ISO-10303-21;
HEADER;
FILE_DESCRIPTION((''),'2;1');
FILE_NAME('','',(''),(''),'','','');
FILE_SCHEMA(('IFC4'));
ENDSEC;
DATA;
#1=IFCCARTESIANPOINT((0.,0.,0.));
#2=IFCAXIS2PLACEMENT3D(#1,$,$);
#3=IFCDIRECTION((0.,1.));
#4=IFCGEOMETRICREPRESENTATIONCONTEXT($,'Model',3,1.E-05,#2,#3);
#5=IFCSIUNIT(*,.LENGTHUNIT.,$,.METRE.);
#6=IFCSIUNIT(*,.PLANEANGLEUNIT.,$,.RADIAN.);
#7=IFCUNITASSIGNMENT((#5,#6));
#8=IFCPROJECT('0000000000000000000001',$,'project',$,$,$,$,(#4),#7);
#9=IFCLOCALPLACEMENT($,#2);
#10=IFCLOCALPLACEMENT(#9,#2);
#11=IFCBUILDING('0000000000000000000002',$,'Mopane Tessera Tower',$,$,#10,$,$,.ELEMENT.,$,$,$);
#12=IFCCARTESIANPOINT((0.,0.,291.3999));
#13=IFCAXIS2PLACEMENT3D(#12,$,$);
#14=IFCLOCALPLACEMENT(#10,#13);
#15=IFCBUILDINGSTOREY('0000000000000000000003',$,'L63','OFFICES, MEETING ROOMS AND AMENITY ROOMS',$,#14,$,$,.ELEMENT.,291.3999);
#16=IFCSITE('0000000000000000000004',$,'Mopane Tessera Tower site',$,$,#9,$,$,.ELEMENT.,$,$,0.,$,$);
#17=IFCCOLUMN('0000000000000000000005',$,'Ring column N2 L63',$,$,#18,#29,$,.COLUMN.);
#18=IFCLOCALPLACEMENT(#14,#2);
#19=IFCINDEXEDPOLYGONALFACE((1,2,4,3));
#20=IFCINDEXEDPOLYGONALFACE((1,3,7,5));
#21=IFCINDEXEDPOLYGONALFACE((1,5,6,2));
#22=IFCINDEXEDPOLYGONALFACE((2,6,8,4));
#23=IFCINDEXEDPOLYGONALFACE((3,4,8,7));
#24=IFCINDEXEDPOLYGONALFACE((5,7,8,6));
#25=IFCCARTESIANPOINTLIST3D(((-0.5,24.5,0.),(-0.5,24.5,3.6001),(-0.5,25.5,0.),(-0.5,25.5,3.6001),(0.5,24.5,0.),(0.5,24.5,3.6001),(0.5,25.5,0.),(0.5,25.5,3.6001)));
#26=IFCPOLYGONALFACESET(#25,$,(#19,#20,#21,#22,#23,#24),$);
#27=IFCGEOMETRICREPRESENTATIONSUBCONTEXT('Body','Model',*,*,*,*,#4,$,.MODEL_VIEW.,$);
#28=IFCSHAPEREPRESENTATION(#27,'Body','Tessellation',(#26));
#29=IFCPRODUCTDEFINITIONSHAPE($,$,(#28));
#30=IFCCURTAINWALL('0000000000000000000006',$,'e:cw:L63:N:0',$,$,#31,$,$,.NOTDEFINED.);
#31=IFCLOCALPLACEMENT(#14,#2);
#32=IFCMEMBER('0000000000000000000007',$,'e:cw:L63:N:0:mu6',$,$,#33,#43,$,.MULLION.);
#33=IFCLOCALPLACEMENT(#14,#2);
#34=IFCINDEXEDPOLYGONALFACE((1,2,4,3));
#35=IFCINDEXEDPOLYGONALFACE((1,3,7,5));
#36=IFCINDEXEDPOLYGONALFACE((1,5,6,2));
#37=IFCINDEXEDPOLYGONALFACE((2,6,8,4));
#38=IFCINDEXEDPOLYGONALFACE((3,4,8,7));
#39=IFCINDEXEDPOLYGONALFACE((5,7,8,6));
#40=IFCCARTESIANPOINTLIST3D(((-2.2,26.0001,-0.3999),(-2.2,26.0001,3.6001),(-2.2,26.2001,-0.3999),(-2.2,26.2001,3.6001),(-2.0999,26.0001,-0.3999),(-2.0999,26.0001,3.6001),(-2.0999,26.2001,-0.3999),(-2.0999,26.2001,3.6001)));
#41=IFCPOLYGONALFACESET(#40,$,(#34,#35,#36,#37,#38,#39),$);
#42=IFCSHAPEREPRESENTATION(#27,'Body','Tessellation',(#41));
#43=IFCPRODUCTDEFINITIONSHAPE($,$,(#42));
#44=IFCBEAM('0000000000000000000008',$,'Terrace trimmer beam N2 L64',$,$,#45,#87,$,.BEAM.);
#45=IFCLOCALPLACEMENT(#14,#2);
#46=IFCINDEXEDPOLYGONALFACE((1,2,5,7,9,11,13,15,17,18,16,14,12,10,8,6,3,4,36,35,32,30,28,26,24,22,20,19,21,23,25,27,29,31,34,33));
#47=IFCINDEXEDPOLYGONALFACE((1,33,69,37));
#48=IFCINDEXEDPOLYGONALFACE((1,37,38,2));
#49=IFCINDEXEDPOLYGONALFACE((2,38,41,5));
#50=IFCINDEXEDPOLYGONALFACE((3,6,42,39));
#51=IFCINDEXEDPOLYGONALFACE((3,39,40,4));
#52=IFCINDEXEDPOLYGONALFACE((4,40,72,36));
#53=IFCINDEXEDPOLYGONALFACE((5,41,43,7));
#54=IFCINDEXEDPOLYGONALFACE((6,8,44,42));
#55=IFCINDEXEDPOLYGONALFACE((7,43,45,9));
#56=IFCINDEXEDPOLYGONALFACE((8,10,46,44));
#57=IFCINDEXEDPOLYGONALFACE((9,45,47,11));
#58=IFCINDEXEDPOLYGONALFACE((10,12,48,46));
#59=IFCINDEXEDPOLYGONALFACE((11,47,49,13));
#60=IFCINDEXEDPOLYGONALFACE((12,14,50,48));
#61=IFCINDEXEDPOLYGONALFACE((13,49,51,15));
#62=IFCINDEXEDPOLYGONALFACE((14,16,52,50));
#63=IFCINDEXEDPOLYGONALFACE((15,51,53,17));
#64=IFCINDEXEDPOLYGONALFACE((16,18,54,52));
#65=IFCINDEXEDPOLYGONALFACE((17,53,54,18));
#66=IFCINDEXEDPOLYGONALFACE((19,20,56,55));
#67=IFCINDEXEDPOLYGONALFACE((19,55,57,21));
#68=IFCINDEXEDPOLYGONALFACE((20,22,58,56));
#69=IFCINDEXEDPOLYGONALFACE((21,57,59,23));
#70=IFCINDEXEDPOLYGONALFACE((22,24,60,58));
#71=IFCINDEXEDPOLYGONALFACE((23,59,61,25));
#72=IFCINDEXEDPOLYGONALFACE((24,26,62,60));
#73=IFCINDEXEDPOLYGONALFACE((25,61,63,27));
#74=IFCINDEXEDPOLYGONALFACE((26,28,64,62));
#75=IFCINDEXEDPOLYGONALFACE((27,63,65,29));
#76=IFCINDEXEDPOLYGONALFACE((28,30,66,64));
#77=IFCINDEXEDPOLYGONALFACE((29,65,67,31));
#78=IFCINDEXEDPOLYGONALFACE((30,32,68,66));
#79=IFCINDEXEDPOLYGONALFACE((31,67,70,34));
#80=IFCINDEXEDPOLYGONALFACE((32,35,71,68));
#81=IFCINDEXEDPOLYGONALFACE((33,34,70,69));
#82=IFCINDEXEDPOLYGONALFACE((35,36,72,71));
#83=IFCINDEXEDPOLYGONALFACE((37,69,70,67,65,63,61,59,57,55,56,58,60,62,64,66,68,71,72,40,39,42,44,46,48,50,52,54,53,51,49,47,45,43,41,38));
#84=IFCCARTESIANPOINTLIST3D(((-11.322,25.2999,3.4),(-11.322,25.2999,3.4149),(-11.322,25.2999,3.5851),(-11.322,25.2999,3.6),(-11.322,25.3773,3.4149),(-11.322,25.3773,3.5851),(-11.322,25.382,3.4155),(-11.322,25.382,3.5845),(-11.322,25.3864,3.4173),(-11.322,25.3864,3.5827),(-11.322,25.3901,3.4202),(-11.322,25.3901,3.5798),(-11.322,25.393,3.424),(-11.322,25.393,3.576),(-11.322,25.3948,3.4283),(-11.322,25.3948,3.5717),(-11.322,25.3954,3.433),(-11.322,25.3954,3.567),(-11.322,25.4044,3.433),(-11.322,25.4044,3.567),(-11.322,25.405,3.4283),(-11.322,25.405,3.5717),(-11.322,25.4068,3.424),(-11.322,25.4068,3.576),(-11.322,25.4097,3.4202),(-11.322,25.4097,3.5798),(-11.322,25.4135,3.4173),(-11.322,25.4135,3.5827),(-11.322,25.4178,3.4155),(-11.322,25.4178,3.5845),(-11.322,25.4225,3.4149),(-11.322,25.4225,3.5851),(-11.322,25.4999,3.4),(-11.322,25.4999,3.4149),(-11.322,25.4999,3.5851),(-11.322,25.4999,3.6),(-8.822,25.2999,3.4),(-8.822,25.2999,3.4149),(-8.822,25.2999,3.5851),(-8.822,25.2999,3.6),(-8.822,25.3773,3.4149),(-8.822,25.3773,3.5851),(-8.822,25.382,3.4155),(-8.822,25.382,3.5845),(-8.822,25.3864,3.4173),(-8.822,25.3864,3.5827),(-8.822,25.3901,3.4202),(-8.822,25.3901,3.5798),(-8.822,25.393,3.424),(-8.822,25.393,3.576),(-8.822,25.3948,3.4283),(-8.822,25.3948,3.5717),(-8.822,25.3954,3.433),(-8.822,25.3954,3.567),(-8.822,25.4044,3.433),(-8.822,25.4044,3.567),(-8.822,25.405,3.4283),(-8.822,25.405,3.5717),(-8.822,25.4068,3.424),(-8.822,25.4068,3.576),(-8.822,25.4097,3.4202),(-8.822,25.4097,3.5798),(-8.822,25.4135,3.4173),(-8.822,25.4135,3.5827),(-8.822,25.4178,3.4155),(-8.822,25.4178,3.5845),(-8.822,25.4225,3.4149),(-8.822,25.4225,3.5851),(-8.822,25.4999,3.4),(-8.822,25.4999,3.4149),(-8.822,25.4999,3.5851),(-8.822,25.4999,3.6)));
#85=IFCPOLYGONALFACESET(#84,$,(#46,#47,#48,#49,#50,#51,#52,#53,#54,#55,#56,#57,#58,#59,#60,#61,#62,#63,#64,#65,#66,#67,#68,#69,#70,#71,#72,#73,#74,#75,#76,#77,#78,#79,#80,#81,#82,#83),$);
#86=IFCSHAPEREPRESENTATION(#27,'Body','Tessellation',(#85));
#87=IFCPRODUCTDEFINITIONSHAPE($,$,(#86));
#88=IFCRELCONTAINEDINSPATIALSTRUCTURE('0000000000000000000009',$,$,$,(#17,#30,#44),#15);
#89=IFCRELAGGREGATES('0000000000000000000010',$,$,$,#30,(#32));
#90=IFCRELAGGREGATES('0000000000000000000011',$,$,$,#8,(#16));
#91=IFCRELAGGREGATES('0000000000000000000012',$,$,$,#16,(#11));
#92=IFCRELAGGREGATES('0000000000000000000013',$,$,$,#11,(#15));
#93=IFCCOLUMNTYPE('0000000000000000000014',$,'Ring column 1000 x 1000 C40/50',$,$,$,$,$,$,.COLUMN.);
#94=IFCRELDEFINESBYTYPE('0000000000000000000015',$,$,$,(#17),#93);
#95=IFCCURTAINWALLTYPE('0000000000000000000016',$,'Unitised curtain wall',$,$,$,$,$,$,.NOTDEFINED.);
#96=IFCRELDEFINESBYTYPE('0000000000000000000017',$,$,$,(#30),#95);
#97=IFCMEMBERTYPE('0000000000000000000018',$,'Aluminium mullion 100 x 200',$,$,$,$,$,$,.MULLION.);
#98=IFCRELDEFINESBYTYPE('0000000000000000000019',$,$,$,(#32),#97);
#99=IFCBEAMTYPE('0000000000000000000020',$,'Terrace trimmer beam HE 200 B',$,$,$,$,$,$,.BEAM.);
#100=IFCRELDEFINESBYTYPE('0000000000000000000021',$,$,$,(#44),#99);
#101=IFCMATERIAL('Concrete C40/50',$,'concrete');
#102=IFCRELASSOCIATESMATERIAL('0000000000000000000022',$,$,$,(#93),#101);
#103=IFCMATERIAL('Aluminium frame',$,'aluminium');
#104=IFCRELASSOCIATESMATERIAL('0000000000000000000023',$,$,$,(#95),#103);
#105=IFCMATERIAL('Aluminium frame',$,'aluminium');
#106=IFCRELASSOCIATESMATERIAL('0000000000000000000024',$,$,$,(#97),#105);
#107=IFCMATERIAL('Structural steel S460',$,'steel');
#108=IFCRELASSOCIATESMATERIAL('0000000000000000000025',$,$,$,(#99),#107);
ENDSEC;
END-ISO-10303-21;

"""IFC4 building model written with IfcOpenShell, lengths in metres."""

from ifc_helpers import new_model, si_unit, direction, frame, origin, origin_2d, place, context, subcontext, project, spatial, rectangle, i_section, extrude, material, material_profile, profile_set, type_object, element, aggregate, save


model = new_model("IFC4")

# Units and contexts
model_context = context("Model", 3, precision=1e-05, world=origin(), true_north=direction((0.0, 1.0)))
body_context = subcontext(model_context, "Body", "Model", "MODEL_VIEW")
ifc_project = project(units=[si_unit("LENGTHUNIT", "METRE"), si_unit("PLANEANGLEUNIT", "RADIAN")], contexts=[model_context])

# Site, building, storey
site_placement = place(None, origin())
site = spatial("IfcSite", under=ifc_project, at=site_placement, Name="Mopane Tessera Tower site", CompositionType="ELEMENT", RefElevation=0.0)
building_placement = place(site_placement, origin())
building = spatial("IfcBuilding", under=site, at=building_placement, Name="Mopane Tessera Tower", CompositionType="ELEMENT")
storey_placement = place(building_placement, frame((0.0, 0.0, 291.3999)))
storey = spatial("IfcBuildingStorey", under=building, at=storey_placement, Name="L63", Description="OFFICES, MEETING ROOMS AND AMENITY ROOMS", CompositionType="ELEMENT", Elevation=291.3999)

# Column
ifc_material_1 = material(Name="Concrete C40/50", Category="concrete")
ifc_material_profile_1 = material_profile(ifc_material_1, rectangle(XDim=1.0, YDim=1.0, at=origin_2d()))
ifc_profile_set_1 = profile_set([ifc_material_profile_1], Name="Concrete C40/50")
column_type = type_object("IfcColumnType", Name="Ring column 1000 x 1000 C40/50", PredefinedType="COLUMN", material=ifc_profile_set_1)
column_placement = place(storey_placement, frame((0.0, 25.0, 0.0), z_axis=(0.0, 0.0, 1.0), x_axis=(1.0, 0.0, 0.0)))
element("IfcColumn", 1, at=column_placement, inside=storey, type_object=column_type, Name="Ring column N2 L63", PredefinedType="COLUMN", context=body_context, shape_type="SweptSolid", body=[
    extrude(rectangle(XDim=1.0, YDim=1.0, at=origin_2d()), origin(), (0.0, 0.0, 1.0), 3.6001),
])

# Curtain wall, member
ifc_material_2 = material(Name="Aluminium frame", Category="aluminium")
curtain_wall_type = type_object("IfcCurtainWallType", Name="Unitised curtain wall", PredefinedType="NOTDEFINED", material=ifc_material_2)
curtain_wall_placement = place(storey_placement, origin())
curtain_wall = element("IfcCurtainWall", 2, at=curtain_wall_placement, inside=storey, type_object=curtain_wall_type, Name="e:cw:L63:N:0", PredefinedType="NOTDEFINED")
ifc_material_3 = material(Name="Aluminium frame", Category="aluminium")
ifc_material_profile_2 = material_profile(ifc_material_3, rectangle(XDim=0.1001, YDim=0.2, at=origin_2d()))
ifc_profile_set_2 = profile_set([ifc_material_profile_2], Name="Aluminium frame")
member_type = type_object("IfcMemberType", Name="Aluminium mullion 100 x 200", PredefinedType="MULLION", material=ifc_profile_set_2)
member_placement = place(storey_placement, frame((-2.1499, 26.1001, -0.3999), z_axis=(0.0, 0.0, 1.0), x_axis=(-1.0, 0.0, 0.0)))
member = element("IfcMember", 3, at=member_placement, type_object=member_type, Name="e:cw:L63:N:0:mu6", PredefinedType="MULLION", context=body_context, shape_type="SweptSolid", body=[
    extrude(rectangle(XDim=0.1001, YDim=0.2, at=origin_2d()), origin(), (0.0, 0.0, 1.0), 4.0),
])
aggregate(curtain_wall, [member])

# Beam
ifc_material_4 = material(Name="Structural steel S460", Category="steel")
ifc_material_profile_3 = material_profile(ifc_material_4, i_section(OverallWidth=0.2, OverallDepth=0.2, WebThickness=0.009, FlangeThickness=0.0149, FilletRadius=0.0181, at=origin_2d()))
ifc_profile_set_3 = profile_set([ifc_material_profile_3], Name="Structural steel S460")
beam_type = type_object("IfcBeamType", Name="Terrace trimmer beam HE 200 B", PredefinedType="BEAM", material=ifc_profile_set_3)
beam_placement = place(storey_placement, frame((-11.322, 25.3999, 3.5), z_axis=(1.0, 0.0, 0.0), x_axis=(0.0, 1.0, 0.0)))
element("IfcBeam", 4, at=beam_placement, inside=storey, type_object=beam_type, Name="Terrace trimmer beam N2 L64", PredefinedType="BEAM", context=body_context, shape_type="SweptSolid", body=[
    extrude(i_section(OverallWidth=0.2, OverallDepth=0.2, WebThickness=0.009, FlangeThickness=0.0149, FilletRadius=0.0181, at=origin_2d()), origin(), (0.0, 0.0, 1.0), 2.5),
])

save(model, "model.ifc")
